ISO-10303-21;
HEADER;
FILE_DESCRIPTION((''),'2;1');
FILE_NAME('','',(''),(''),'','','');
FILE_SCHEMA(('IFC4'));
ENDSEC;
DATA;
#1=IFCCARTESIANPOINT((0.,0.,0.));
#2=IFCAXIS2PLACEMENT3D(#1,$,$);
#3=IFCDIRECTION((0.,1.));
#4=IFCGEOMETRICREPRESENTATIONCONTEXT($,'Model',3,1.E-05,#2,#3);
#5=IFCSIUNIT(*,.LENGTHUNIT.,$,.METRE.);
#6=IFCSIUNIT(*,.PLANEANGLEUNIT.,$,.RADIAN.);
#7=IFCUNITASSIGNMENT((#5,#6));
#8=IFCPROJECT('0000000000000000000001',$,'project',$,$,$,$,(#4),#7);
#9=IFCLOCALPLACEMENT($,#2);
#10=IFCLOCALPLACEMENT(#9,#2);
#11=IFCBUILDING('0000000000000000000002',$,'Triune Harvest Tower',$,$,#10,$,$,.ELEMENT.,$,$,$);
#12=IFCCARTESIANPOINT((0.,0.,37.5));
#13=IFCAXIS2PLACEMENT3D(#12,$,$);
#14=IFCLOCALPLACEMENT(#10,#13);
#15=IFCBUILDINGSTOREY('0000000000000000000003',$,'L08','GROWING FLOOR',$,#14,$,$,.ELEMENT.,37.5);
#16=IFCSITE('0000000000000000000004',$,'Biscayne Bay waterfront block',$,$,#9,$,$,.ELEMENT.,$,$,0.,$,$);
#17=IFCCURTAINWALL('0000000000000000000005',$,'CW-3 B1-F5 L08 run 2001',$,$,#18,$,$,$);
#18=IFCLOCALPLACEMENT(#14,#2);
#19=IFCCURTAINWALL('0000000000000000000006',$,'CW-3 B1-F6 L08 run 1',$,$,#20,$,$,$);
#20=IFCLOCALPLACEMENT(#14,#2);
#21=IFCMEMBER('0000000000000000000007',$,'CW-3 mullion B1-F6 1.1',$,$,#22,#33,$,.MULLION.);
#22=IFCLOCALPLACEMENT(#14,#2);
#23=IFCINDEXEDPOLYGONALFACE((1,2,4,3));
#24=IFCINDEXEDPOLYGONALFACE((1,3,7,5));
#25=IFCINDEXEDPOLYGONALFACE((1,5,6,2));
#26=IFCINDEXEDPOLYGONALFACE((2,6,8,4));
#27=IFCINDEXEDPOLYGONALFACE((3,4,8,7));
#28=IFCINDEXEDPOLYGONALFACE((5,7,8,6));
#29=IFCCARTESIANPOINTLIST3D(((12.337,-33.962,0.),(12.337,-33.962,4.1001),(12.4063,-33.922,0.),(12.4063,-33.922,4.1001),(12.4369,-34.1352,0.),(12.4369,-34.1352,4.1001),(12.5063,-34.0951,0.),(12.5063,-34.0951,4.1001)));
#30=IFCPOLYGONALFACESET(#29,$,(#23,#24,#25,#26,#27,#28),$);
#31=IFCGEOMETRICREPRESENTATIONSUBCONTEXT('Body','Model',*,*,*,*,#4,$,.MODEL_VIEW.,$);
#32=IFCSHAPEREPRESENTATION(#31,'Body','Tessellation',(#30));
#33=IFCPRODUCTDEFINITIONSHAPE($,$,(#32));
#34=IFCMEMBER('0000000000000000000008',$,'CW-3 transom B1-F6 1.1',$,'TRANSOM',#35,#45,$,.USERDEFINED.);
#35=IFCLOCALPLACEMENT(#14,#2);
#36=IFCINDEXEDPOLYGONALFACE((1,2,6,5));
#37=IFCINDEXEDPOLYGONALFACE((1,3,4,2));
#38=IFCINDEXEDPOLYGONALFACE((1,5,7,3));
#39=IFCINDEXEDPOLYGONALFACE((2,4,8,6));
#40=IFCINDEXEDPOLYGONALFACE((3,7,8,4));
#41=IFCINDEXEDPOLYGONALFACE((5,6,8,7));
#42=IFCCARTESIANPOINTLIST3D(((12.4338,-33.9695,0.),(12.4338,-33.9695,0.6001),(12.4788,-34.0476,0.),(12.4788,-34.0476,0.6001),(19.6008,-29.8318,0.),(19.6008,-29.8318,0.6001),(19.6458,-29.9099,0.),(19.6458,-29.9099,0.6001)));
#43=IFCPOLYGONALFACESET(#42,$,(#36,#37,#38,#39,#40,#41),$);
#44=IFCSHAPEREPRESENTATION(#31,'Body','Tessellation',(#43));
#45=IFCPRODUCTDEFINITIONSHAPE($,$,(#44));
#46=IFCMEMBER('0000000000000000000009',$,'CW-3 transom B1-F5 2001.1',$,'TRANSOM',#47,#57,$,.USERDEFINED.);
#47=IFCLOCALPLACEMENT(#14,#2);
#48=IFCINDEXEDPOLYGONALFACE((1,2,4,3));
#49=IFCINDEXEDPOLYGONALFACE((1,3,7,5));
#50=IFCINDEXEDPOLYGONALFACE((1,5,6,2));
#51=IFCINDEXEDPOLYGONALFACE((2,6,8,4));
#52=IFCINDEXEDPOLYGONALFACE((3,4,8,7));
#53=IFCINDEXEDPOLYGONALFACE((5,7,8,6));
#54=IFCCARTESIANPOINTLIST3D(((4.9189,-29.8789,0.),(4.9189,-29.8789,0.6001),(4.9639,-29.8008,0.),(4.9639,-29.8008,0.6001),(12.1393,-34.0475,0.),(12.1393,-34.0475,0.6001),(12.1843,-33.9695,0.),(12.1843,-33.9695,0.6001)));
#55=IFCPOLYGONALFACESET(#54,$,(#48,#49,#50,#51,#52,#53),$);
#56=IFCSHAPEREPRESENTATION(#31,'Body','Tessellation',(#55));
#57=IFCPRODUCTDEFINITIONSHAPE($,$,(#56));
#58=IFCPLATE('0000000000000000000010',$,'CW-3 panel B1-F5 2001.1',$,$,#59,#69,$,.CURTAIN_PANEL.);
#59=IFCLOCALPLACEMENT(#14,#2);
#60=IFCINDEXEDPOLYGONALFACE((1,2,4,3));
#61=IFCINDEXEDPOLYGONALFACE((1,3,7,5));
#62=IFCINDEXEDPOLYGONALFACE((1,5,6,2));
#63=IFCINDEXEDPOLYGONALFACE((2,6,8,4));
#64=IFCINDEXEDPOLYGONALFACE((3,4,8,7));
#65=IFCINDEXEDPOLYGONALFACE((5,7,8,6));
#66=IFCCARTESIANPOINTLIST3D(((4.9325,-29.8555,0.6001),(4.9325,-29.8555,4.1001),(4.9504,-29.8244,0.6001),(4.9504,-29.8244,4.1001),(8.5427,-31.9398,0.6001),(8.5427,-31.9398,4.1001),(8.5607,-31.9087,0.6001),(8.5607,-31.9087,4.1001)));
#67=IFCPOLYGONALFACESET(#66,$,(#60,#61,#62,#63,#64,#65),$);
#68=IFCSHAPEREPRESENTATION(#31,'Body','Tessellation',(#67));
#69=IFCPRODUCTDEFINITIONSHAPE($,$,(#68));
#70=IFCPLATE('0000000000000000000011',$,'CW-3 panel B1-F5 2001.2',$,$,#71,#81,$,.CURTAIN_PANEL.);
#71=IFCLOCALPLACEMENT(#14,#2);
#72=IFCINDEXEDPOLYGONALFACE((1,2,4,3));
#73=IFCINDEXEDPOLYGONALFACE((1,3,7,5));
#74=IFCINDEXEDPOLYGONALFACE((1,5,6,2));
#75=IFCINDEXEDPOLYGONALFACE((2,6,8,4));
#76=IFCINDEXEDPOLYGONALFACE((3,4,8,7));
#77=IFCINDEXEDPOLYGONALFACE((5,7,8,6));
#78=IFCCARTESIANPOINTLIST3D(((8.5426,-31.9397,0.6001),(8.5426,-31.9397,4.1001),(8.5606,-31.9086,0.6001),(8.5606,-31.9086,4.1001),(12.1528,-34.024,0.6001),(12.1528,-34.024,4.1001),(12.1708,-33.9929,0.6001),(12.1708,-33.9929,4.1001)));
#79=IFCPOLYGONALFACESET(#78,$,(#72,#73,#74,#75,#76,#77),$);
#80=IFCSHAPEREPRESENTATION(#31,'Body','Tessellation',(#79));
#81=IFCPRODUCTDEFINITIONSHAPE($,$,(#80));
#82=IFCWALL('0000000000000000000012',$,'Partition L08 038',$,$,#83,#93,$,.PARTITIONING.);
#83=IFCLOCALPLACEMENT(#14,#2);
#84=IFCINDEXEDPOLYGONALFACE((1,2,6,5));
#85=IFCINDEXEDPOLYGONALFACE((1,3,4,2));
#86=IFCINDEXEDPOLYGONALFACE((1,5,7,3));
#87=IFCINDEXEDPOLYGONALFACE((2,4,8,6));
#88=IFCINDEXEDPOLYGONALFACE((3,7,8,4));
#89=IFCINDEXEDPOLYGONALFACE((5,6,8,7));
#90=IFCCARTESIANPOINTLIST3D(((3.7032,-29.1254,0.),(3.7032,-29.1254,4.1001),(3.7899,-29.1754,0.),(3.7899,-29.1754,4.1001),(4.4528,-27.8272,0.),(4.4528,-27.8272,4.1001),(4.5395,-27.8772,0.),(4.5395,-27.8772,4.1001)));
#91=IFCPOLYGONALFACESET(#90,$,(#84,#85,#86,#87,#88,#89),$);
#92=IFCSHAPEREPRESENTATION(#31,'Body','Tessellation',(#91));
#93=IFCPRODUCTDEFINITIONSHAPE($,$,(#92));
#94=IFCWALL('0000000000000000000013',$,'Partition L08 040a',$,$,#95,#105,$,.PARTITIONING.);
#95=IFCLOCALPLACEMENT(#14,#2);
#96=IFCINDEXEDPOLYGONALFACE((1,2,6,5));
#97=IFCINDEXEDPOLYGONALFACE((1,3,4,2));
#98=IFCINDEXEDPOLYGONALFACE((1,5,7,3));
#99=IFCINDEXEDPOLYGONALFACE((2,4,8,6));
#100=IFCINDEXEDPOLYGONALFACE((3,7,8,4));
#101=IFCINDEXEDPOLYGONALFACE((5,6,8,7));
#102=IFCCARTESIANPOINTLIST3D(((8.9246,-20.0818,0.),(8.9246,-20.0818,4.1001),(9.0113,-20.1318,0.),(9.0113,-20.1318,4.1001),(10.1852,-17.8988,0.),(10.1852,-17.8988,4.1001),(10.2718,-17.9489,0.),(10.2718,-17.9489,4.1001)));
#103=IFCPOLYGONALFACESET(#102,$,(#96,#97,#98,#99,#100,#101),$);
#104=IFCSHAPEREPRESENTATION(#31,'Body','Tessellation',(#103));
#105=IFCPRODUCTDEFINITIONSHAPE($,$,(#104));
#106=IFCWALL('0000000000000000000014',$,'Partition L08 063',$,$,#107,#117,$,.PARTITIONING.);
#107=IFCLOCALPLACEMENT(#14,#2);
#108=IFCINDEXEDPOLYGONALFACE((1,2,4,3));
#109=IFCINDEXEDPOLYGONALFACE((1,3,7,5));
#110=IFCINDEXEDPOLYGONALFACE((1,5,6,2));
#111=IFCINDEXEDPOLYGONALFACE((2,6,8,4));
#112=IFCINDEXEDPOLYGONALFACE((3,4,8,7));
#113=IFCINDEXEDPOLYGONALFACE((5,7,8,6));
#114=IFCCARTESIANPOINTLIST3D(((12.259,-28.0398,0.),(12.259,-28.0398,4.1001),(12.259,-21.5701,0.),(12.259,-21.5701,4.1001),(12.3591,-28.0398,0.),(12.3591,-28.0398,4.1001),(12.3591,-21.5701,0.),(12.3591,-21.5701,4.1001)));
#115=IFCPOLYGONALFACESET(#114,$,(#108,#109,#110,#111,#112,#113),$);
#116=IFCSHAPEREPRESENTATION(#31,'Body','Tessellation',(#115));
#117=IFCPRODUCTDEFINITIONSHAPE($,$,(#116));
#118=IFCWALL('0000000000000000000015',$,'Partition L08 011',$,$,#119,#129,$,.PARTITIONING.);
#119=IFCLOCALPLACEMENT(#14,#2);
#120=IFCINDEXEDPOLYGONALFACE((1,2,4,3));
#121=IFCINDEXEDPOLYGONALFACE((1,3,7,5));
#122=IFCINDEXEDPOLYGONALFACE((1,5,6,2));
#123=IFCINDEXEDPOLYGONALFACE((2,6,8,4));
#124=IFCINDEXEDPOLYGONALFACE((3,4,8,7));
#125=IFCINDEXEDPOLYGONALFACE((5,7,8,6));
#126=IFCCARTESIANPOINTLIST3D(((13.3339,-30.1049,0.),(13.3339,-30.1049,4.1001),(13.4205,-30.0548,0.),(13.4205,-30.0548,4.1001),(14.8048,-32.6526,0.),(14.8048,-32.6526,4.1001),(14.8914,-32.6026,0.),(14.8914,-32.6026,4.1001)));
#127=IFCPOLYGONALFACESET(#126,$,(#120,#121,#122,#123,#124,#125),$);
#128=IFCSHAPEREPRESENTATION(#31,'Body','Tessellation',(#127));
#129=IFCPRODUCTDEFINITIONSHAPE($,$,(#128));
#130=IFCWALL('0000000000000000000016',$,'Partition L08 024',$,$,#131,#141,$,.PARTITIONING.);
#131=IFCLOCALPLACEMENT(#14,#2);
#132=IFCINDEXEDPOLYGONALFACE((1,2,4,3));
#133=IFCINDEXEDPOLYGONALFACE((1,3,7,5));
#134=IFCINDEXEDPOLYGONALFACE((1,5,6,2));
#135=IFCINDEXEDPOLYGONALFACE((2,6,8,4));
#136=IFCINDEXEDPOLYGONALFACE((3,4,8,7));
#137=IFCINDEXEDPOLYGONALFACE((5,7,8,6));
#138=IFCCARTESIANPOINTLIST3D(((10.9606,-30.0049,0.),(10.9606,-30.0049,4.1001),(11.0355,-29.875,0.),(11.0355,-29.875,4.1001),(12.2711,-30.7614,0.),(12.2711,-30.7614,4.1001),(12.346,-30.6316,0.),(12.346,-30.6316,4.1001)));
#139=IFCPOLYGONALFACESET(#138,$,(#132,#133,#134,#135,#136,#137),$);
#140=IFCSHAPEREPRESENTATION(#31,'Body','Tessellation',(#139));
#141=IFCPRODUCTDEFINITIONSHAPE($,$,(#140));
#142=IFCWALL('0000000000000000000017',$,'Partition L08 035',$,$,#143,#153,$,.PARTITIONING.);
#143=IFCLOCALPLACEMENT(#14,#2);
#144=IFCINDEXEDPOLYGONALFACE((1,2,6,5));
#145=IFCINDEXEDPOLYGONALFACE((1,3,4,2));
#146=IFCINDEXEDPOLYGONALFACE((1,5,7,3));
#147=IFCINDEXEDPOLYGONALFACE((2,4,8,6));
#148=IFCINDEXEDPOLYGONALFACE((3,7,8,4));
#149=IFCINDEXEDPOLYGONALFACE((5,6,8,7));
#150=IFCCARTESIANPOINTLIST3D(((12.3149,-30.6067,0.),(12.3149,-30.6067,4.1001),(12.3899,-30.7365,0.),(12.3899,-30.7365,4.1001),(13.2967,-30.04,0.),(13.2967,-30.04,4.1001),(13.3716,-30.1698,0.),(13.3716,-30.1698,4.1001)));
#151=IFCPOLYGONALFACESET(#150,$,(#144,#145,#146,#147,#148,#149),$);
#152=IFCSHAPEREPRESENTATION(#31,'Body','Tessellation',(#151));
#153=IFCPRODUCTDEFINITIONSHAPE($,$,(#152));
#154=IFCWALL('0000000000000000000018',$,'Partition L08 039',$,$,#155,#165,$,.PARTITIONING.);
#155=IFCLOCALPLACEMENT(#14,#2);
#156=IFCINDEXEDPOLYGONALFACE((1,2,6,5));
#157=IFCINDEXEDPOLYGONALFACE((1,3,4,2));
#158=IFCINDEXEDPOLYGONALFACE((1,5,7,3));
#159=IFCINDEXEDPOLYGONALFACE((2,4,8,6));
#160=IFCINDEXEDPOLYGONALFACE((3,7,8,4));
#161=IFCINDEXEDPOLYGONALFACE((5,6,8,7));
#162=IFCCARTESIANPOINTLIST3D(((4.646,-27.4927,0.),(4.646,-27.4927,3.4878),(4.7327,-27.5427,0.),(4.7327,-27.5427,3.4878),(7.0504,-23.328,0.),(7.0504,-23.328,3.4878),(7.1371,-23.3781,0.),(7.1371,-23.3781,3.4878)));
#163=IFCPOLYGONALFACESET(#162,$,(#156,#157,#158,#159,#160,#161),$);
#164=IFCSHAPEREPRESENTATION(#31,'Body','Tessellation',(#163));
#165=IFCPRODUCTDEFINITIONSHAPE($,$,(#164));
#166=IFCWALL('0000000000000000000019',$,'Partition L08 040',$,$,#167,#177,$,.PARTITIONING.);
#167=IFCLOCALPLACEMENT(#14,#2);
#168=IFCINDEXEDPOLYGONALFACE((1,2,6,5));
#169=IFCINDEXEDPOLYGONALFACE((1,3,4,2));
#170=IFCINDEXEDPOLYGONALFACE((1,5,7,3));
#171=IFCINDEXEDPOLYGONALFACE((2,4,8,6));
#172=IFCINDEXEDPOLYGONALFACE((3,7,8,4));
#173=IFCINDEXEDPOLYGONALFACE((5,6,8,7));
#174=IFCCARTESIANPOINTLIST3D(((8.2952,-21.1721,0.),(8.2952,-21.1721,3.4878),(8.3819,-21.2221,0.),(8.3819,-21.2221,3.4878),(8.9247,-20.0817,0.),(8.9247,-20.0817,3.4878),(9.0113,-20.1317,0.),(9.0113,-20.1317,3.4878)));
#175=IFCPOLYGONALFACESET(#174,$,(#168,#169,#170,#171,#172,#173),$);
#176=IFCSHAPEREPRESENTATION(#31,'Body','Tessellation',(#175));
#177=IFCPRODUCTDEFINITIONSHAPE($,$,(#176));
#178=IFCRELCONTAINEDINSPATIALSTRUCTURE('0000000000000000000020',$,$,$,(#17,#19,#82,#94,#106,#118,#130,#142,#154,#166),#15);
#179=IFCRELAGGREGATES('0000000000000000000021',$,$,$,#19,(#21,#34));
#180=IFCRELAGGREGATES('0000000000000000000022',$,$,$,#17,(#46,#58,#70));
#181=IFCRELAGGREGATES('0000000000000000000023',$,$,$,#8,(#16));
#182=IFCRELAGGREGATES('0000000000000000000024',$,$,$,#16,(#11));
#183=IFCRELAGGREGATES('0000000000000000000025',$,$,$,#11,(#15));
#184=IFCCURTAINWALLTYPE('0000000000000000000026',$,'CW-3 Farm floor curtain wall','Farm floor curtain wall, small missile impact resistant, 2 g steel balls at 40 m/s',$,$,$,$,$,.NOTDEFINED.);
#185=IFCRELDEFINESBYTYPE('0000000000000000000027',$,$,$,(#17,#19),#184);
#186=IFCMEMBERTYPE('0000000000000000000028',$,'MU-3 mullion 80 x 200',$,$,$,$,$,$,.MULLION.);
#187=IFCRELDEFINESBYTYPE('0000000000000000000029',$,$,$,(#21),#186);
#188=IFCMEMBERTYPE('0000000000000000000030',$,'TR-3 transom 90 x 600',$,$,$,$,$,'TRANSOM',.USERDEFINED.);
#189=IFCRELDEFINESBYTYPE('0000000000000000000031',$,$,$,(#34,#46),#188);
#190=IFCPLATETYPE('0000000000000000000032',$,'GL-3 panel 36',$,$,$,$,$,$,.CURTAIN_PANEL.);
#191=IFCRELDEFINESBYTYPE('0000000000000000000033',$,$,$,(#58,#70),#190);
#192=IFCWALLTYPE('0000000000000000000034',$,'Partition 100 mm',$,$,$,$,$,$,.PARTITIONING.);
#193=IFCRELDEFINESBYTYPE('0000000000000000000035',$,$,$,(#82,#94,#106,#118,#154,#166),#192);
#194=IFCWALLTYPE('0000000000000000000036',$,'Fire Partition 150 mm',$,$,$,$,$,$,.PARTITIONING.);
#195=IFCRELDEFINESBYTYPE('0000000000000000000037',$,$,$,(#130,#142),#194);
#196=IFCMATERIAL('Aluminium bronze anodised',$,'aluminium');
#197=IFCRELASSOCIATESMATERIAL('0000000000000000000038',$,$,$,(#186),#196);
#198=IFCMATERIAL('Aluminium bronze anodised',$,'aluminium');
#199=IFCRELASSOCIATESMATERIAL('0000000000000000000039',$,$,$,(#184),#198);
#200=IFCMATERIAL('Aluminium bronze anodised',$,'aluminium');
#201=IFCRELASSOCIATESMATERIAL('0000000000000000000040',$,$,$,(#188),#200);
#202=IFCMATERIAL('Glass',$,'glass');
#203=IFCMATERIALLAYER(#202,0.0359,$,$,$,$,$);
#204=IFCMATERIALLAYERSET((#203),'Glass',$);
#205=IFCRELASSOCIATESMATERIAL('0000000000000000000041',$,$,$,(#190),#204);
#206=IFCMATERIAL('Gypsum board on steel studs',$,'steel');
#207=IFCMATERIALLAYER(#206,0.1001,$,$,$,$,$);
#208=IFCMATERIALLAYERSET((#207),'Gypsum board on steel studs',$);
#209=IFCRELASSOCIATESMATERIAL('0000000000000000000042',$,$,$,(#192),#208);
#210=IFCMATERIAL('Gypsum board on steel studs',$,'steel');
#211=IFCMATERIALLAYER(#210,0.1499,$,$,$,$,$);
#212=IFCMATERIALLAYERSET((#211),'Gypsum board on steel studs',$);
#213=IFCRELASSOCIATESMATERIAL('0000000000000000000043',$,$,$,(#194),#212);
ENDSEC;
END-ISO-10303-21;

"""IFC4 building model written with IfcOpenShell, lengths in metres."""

from ifc_helpers import new_model, si_unit, direction, frame, frame_2d, origin, origin_2d, place, context, subcontext, project, spatial, rectangle, extrude, source, transform, mapped, material, layer, layer_set, material_profile, profile_set, type_object, element, aggregate, save


model = new_model("IFC4")

# Units and contexts
model_context = context("Model", 3, precision=1e-05, world=origin(), true_north=direction((0.0, 1.0)))
body_context = subcontext(model_context, "Body", "Model", "MODEL_VIEW")
ifc_project = project(units=[si_unit("LENGTHUNIT", "METRE"), si_unit("PLANEANGLEUNIT", "RADIAN")], contexts=[model_context])

# Site, building, storey
site_placement = place(None, origin())
site = spatial("IfcSite", under=ifc_project, at=site_placement, Name="Biscayne Bay waterfront block", CompositionType="ELEMENT", RefElevation=0.0)
building_placement = place(site_placement, origin())
building = spatial("IfcBuilding", under=site, at=building_placement, Name="Triune Harvest Tower", CompositionType="ELEMENT")
storey_placement = place(building_placement, frame((0.0, 0.0, 37.5)))
storey = spatial("IfcBuildingStorey", under=building, at=storey_placement, Name="L08", Description="GROWING FLOOR", CompositionType="ELEMENT", Elevation=37.5)

# Shared definitions
ifc_material_1 = material(Name="Aluminium bronze anodised", Category="aluminium")
ifc_material_profile_1 = material_profile(ifc_material_1, rectangle(XDim=0.2, YDim=0.0801, at=origin_2d()), Name="MU-3 mullion 80 x 200")
ifc_profile_set_1 = profile_set([ifc_material_profile_1], Name="Aluminium bronze anodised")
member_type_1 = type_object("IfcMemberType", Name="MU-3 mullion 80 x 200", PredefinedType="MULLION", material=ifc_profile_set_1)
shared_shape_1 = source(origin(), body_context, "Body", "SweptSolid", [
    extrude(rectangle(XDim=0.2, YDim=0.0801, at=origin_2d()), origin(), (0.0, 0.0, 1.0), 4.1001),
])

# Curtain walls, members
ifc_material_2 = material(Name="Aluminium bronze anodised", Category="aluminium")
curtain_wall_type_1 = type_object("IfcCurtainWallType", Name="CW-3 Farm floor curtain wall", Description="Farm floor curtain wall, small missile impact resistant, 2 g steel balls at 40 m/s", PredefinedType="NOTDEFINED", material=ifc_material_2)
curtain_wall_1_placement = place(storey_placement, origin())
curtain_wall_1 = element("IfcCurtainWall", 1, at=curtain_wall_1_placement, inside=storey, type_object=curtain_wall_type_1, Name="CW-3 B1-F5 L08 run 2001")
curtain_wall_2_placement = place(storey_placement, origin())
curtain_wall_2 = element("IfcCurtainWall", 2, at=curtain_wall_2_placement, inside=storey, type_object=curtain_wall_type_1, Name="CW-3 B1-F6 L08 run 1")
member_1_placement = place(storey_placement, frame((12.4216, -34.0286, 0.0), z_axis=(0.0, 0.0, 1.0), x_axis=(-0.499999, 0.866026, 0.0)))
member_1 = element("IfcMember", 3, at=member_1_placement, type_object=member_type_1, Name="CW-3 mullion B1-F6 1.1", PredefinedType="MULLION", context=body_context, shape_type="MappedRepresentation", body=[
    mapped(shared_shape_1, transform((0.0, 0.0, 0.0), scale=1.0)),
])
ifc_material_3 = material(Name="Aluminium bronze anodised", Category="aluminium")
ifc_material_profile_2 = material_profile(ifc_material_3, rectangle(XDim=0.0901, YDim=0.6001, at=origin_2d()), Name="TR-3 transom 90 x 600")
ifc_profile_set_2 = profile_set([ifc_material_profile_2], Name="Aluminium bronze anodised")
member_type_2 = type_object("IfcMemberType", Name="TR-3 transom 90 x 600", ElementType="TRANSOM", PredefinedType="USERDEFINED", material=ifc_profile_set_2)
shared_shape_2 = source(origin(), body_context, "Body", "SweptSolid", [
    extrude(rectangle(XDim=0.0901, YDim=0.6001, at=origin_2d()), origin(), (0.0, 0.0, 1.0), 8.2756),
])
member_2_placement = place(storey_placement, frame((12.4563, -34.0085, 0.3), z_axis=(0.866034, 0.499985, 0.0), x_axis=(-0.499985, 0.866034, 0.0)))
member_2 = element("IfcMember", 4, at=member_2_placement, type_object=member_type_2, Name="CW-3 transom B1-F6 1.1", ObjectType="TRANSOM", PredefinedType="USERDEFINED", context=body_context, shape_type="MappedRepresentation", body=[
    mapped(shared_shape_2, transform((0.0, 0.0, 0.0), scale=1.0)),
])
aggregate(curtain_wall_2, [member_1, member_2])

# Member
shared_shape_3 = source(origin(), body_context, "Body", "SweptSolid", [
    extrude(rectangle(XDim=0.0901, YDim=0.6001, at=origin_2d()), origin(), (0.0, 0.0, 1.0), 8.3374),
])
member_3_placement = place(storey_placement, frame((4.9414, -29.8398, 0.3), z_axis=(0.866027, -0.499997, 0.0), x_axis=(0.499997, 0.866027, 0.0)))
member_3 = element("IfcMember", 5, at=member_3_placement, type_object=member_type_2, Name="CW-3 transom B1-F5 2001.1", ObjectType="TRANSOM", PredefinedType="USERDEFINED", context=body_context, shape_type="MappedRepresentation", body=[
    mapped(shared_shape_3, transform((0.0, 0.0, 0.0), scale=1.0)),
])

# Plates
ifc_material_4 = material(Name="Glass", Category="glass")
ifc_layer_1 = layer(ifc_material_4, 0.0359)
ifc_layer_set_1 = layer_set([ifc_layer_1], Name="Glass")
plate_type = type_object("IfcPlateType", Name="GL-3 panel 36", PredefinedType="CURTAIN_PANEL", material=ifc_layer_set_1)
shared_shape_4 = source(origin(), body_context, "Body", "SweptSolid", [
    extrude(rectangle(XDim=4.1687, YDim=0.0359, at=origin_2d()), origin(), (0.0, 0.0, 1.0), 3.5),
])
plate_1_placement = place(storey_placement, frame((6.7466, -30.8821, 0.6001), z_axis=(0.0, 0.0, 1.0), x_axis=(0.866028, -0.499995, 0.0)))
plate_1 = element("IfcPlate", 6, at=plate_1_placement, type_object=plate_type, Name="CW-3 panel B1-F5 2001.1", PredefinedType="CURTAIN_PANEL", context=body_context, shape_type="MappedRepresentation", body=[
    mapped(shared_shape_4, transform((0.0, 0.0, 0.0), scale=1.0)),
])
plate_2_placement = place(storey_placement, frame((10.3567, -32.9663, 0.6001), z_axis=(0.0, 0.0, 1.0), x_axis=(0.866028, -0.499995, 0.0)))
plate_2 = element("IfcPlate", 7, at=plate_2_placement, type_object=plate_type, Name="CW-3 panel B1-F5 2001.2", PredefinedType="CURTAIN_PANEL", context=body_context, shape_type="MappedRepresentation", body=[
    mapped(shared_shape_4, transform((0.0, 0.0, 0.0), scale=1.0)),
])
aggregate(curtain_wall_1, [member_3, plate_1, plate_2])

# Walls
ifc_material_5 = material(Name="Gypsum board on steel studs", Category="steel")
ifc_layer_2 = layer(ifc_material_5, 0.1001)
ifc_layer_set_2 = layer_set([ifc_layer_2], Name="Gypsum board on steel studs")
wall_type_1 = type_object("IfcWallType", Name="Partition 100 mm", PredefinedType="PARTITIONING", material=ifc_layer_set_2)
wall_1_placement = place(storey_placement, frame((3.7466, -29.1504, 0.0), z_axis=(0.0, 0.0, 1.0), x_axis=(0.500028, 0.866009, 0.0)))
element("IfcWall", 8, at=wall_1_placement, inside=storey, type_object=wall_type_1, Name="Partition L08 038", PredefinedType="PARTITIONING", context=body_context, shape_type="SweptSolid", body=[
    extrude(rectangle(XDim=1.499, YDim=0.1001, at=frame_2d((0.7495, 0.0))), origin(), (0.0, 0.0, 1.0), 4.1001),
])
wall_2_placement = place(storey_placement, frame((8.968, -20.1067, 0.0), z_axis=(0.0, 0.0, 1.0), x_axis=(0.500066, 0.865987, 0.0)))
element("IfcWall", 9, at=wall_2_placement, inside=storey, type_object=wall_type_1, Name="Partition L08 040a", PredefinedType="PARTITIONING", context=body_context, shape_type="SweptSolid", body=[
    extrude(rectangle(XDim=2.5208, YDim=0.1001, at=frame_2d((1.2603, 0.0))), origin(), (0.0, 0.0, 1.0), 4.1001),
])
wall_3_placement = place(storey_placement, frame((12.3091, -28.0398, 0.0), z_axis=(0.0, 0.0, 1.0), x_axis=(0.0, 1.0, 0.0)))
element("IfcWall", 10, at=wall_3_placement, inside=storey, type_object=wall_type_1, Name="Partition L08 063", PredefinedType="PARTITIONING", context=body_context, shape_type="SweptSolid", body=[
    extrude(rectangle(XDim=6.4697, YDim=0.1001, at=frame_2d((3.2349, 0.0))), origin(), (0.0, 0.0, 1.0), 4.1001),
])
shared_shape_5 = source(origin(), body_context, "Body", "SweptSolid", [
    extrude(rectangle(XDim=2.9419, YDim=0.1001, at=frame_2d((1.4709, 0.0))), origin(), (0.0, 0.0, 1.0), 4.1001),
])
wall_4_placement = place(storey_placement, frame((13.3772, -30.0798, 0.0), z_axis=(0.0, 0.0, 1.0), x_axis=(0.499986, -0.866034, 0.0)))
element("IfcWall", 11, at=wall_4_placement, inside=storey, type_object=wall_type_1, Name="Partition L08 011", PredefinedType="PARTITIONING", context=body_context, shape_type="MappedRepresentation", body=[
    mapped(shared_shape_5, transform((0.0, 0.0, 0.0), scale=1.0)),
])
ifc_material_6 = material(Name="Gypsum board on steel studs", Category="steel")
ifc_layer_3 = layer(ifc_material_6, 0.1499)
ifc_layer_set_3 = layer_set([ifc_layer_3], Name="Gypsum board on steel studs")
wall_type_2 = type_object("IfcWallType", Name="Fire Partition 150 mm", PredefinedType="PARTITIONING", material=ifc_layer_set_3)
shared_shape_6 = source(origin(), body_context, "Body", "SweptSolid", [
    extrude(rectangle(XDim=1.5132, YDim=0.1499, at=frame_2d((0.7566, 0.0))), origin(), (0.0, 0.0, 1.0), 4.1001),
])
wall_5_placement = place(storey_placement, frame((10.998, -29.9399, 0.0), z_axis=(0.0, 0.0, 1.0), x_axis=(0.866041, -0.499974, 0.0)))
element("IfcWall", 12, at=wall_5_placement, inside=storey, type_object=wall_type_2, Name="Partition L08 024", PredefinedType="PARTITIONING", context=body_context, shape_type="MappedRepresentation", body=[
    mapped(shared_shape_6, transform((0.0, 0.0, 0.0), scale=1.0)),
])
shared_shape_7 = source(origin(), body_context, "Body", "SweptSolid", [
    extrude(rectangle(XDim=1.1335, YDim=0.1499, at=frame_2d((0.5669, 0.0))), origin(), (0.0, 0.0, 1.0), 4.1001),
])
wall_6_placement = place(storey_placement, frame((12.3523, -30.6716, 0.0), z_axis=(0.0, 0.0, 1.0), x_axis=(0.866074, 0.499915, 0.0)))
element("IfcWall", 13, at=wall_6_placement, inside=storey, type_object=wall_type_2, Name="Partition L08 035", PredefinedType="PARTITIONING", context=body_context, shape_type="MappedRepresentation", body=[
    mapped(shared_shape_7, transform((0.0, 0.0, 0.0), scale=1.0)),
])
shared_shape_8 = source(origin(), body_context, "Body", "SweptSolid", [
    extrude(rectangle(XDim=4.8088, YDim=0.1001, at=frame_2d((2.4043, 0.0))), origin(), (0.0, 0.0, 1.0), 3.4878),
])
wall_7_placement = place(storey_placement, frame((4.6895, -27.5176, 0.0), z_axis=(0.0, 0.0, 1.0), x_axis=(0.499983, 0.866035, 0.0)))
element("IfcWall", 14, at=wall_7_placement, inside=storey, type_object=wall_type_1, Name="Partition L08 039", PredefinedType="PARTITIONING", context=body_context, shape_type="MappedRepresentation", body=[
    mapped(shared_shape_8, transform((0.0, 0.0, 0.0), scale=1.0)),
])
shared_shape_9 = source(origin(), body_context, "Body", "SweptSolid", [
    extrude(rectangle(XDim=1.259, YDim=0.1001, at=frame_2d((0.6294, 0.0))), origin(), (0.0, 0.0, 1.0), 3.4878),
])
wall_8_placement = place(storey_placement, frame((8.3386, -21.197, 0.0), z_axis=(0.0, 0.0, 1.0), x_axis=(0.499935, 0.866063, 0.0)))
element("IfcWall", 15, at=wall_8_placement, inside=storey, type_object=wall_type_1, Name="Partition L08 040", PredefinedType="PARTITIONING", context=body_context, shape_type="MappedRepresentation", body=[
    mapped(shared_shape_9, transform((0.0, 0.0, 0.0), scale=1.0)),
])

save(model, "model.ifc")
